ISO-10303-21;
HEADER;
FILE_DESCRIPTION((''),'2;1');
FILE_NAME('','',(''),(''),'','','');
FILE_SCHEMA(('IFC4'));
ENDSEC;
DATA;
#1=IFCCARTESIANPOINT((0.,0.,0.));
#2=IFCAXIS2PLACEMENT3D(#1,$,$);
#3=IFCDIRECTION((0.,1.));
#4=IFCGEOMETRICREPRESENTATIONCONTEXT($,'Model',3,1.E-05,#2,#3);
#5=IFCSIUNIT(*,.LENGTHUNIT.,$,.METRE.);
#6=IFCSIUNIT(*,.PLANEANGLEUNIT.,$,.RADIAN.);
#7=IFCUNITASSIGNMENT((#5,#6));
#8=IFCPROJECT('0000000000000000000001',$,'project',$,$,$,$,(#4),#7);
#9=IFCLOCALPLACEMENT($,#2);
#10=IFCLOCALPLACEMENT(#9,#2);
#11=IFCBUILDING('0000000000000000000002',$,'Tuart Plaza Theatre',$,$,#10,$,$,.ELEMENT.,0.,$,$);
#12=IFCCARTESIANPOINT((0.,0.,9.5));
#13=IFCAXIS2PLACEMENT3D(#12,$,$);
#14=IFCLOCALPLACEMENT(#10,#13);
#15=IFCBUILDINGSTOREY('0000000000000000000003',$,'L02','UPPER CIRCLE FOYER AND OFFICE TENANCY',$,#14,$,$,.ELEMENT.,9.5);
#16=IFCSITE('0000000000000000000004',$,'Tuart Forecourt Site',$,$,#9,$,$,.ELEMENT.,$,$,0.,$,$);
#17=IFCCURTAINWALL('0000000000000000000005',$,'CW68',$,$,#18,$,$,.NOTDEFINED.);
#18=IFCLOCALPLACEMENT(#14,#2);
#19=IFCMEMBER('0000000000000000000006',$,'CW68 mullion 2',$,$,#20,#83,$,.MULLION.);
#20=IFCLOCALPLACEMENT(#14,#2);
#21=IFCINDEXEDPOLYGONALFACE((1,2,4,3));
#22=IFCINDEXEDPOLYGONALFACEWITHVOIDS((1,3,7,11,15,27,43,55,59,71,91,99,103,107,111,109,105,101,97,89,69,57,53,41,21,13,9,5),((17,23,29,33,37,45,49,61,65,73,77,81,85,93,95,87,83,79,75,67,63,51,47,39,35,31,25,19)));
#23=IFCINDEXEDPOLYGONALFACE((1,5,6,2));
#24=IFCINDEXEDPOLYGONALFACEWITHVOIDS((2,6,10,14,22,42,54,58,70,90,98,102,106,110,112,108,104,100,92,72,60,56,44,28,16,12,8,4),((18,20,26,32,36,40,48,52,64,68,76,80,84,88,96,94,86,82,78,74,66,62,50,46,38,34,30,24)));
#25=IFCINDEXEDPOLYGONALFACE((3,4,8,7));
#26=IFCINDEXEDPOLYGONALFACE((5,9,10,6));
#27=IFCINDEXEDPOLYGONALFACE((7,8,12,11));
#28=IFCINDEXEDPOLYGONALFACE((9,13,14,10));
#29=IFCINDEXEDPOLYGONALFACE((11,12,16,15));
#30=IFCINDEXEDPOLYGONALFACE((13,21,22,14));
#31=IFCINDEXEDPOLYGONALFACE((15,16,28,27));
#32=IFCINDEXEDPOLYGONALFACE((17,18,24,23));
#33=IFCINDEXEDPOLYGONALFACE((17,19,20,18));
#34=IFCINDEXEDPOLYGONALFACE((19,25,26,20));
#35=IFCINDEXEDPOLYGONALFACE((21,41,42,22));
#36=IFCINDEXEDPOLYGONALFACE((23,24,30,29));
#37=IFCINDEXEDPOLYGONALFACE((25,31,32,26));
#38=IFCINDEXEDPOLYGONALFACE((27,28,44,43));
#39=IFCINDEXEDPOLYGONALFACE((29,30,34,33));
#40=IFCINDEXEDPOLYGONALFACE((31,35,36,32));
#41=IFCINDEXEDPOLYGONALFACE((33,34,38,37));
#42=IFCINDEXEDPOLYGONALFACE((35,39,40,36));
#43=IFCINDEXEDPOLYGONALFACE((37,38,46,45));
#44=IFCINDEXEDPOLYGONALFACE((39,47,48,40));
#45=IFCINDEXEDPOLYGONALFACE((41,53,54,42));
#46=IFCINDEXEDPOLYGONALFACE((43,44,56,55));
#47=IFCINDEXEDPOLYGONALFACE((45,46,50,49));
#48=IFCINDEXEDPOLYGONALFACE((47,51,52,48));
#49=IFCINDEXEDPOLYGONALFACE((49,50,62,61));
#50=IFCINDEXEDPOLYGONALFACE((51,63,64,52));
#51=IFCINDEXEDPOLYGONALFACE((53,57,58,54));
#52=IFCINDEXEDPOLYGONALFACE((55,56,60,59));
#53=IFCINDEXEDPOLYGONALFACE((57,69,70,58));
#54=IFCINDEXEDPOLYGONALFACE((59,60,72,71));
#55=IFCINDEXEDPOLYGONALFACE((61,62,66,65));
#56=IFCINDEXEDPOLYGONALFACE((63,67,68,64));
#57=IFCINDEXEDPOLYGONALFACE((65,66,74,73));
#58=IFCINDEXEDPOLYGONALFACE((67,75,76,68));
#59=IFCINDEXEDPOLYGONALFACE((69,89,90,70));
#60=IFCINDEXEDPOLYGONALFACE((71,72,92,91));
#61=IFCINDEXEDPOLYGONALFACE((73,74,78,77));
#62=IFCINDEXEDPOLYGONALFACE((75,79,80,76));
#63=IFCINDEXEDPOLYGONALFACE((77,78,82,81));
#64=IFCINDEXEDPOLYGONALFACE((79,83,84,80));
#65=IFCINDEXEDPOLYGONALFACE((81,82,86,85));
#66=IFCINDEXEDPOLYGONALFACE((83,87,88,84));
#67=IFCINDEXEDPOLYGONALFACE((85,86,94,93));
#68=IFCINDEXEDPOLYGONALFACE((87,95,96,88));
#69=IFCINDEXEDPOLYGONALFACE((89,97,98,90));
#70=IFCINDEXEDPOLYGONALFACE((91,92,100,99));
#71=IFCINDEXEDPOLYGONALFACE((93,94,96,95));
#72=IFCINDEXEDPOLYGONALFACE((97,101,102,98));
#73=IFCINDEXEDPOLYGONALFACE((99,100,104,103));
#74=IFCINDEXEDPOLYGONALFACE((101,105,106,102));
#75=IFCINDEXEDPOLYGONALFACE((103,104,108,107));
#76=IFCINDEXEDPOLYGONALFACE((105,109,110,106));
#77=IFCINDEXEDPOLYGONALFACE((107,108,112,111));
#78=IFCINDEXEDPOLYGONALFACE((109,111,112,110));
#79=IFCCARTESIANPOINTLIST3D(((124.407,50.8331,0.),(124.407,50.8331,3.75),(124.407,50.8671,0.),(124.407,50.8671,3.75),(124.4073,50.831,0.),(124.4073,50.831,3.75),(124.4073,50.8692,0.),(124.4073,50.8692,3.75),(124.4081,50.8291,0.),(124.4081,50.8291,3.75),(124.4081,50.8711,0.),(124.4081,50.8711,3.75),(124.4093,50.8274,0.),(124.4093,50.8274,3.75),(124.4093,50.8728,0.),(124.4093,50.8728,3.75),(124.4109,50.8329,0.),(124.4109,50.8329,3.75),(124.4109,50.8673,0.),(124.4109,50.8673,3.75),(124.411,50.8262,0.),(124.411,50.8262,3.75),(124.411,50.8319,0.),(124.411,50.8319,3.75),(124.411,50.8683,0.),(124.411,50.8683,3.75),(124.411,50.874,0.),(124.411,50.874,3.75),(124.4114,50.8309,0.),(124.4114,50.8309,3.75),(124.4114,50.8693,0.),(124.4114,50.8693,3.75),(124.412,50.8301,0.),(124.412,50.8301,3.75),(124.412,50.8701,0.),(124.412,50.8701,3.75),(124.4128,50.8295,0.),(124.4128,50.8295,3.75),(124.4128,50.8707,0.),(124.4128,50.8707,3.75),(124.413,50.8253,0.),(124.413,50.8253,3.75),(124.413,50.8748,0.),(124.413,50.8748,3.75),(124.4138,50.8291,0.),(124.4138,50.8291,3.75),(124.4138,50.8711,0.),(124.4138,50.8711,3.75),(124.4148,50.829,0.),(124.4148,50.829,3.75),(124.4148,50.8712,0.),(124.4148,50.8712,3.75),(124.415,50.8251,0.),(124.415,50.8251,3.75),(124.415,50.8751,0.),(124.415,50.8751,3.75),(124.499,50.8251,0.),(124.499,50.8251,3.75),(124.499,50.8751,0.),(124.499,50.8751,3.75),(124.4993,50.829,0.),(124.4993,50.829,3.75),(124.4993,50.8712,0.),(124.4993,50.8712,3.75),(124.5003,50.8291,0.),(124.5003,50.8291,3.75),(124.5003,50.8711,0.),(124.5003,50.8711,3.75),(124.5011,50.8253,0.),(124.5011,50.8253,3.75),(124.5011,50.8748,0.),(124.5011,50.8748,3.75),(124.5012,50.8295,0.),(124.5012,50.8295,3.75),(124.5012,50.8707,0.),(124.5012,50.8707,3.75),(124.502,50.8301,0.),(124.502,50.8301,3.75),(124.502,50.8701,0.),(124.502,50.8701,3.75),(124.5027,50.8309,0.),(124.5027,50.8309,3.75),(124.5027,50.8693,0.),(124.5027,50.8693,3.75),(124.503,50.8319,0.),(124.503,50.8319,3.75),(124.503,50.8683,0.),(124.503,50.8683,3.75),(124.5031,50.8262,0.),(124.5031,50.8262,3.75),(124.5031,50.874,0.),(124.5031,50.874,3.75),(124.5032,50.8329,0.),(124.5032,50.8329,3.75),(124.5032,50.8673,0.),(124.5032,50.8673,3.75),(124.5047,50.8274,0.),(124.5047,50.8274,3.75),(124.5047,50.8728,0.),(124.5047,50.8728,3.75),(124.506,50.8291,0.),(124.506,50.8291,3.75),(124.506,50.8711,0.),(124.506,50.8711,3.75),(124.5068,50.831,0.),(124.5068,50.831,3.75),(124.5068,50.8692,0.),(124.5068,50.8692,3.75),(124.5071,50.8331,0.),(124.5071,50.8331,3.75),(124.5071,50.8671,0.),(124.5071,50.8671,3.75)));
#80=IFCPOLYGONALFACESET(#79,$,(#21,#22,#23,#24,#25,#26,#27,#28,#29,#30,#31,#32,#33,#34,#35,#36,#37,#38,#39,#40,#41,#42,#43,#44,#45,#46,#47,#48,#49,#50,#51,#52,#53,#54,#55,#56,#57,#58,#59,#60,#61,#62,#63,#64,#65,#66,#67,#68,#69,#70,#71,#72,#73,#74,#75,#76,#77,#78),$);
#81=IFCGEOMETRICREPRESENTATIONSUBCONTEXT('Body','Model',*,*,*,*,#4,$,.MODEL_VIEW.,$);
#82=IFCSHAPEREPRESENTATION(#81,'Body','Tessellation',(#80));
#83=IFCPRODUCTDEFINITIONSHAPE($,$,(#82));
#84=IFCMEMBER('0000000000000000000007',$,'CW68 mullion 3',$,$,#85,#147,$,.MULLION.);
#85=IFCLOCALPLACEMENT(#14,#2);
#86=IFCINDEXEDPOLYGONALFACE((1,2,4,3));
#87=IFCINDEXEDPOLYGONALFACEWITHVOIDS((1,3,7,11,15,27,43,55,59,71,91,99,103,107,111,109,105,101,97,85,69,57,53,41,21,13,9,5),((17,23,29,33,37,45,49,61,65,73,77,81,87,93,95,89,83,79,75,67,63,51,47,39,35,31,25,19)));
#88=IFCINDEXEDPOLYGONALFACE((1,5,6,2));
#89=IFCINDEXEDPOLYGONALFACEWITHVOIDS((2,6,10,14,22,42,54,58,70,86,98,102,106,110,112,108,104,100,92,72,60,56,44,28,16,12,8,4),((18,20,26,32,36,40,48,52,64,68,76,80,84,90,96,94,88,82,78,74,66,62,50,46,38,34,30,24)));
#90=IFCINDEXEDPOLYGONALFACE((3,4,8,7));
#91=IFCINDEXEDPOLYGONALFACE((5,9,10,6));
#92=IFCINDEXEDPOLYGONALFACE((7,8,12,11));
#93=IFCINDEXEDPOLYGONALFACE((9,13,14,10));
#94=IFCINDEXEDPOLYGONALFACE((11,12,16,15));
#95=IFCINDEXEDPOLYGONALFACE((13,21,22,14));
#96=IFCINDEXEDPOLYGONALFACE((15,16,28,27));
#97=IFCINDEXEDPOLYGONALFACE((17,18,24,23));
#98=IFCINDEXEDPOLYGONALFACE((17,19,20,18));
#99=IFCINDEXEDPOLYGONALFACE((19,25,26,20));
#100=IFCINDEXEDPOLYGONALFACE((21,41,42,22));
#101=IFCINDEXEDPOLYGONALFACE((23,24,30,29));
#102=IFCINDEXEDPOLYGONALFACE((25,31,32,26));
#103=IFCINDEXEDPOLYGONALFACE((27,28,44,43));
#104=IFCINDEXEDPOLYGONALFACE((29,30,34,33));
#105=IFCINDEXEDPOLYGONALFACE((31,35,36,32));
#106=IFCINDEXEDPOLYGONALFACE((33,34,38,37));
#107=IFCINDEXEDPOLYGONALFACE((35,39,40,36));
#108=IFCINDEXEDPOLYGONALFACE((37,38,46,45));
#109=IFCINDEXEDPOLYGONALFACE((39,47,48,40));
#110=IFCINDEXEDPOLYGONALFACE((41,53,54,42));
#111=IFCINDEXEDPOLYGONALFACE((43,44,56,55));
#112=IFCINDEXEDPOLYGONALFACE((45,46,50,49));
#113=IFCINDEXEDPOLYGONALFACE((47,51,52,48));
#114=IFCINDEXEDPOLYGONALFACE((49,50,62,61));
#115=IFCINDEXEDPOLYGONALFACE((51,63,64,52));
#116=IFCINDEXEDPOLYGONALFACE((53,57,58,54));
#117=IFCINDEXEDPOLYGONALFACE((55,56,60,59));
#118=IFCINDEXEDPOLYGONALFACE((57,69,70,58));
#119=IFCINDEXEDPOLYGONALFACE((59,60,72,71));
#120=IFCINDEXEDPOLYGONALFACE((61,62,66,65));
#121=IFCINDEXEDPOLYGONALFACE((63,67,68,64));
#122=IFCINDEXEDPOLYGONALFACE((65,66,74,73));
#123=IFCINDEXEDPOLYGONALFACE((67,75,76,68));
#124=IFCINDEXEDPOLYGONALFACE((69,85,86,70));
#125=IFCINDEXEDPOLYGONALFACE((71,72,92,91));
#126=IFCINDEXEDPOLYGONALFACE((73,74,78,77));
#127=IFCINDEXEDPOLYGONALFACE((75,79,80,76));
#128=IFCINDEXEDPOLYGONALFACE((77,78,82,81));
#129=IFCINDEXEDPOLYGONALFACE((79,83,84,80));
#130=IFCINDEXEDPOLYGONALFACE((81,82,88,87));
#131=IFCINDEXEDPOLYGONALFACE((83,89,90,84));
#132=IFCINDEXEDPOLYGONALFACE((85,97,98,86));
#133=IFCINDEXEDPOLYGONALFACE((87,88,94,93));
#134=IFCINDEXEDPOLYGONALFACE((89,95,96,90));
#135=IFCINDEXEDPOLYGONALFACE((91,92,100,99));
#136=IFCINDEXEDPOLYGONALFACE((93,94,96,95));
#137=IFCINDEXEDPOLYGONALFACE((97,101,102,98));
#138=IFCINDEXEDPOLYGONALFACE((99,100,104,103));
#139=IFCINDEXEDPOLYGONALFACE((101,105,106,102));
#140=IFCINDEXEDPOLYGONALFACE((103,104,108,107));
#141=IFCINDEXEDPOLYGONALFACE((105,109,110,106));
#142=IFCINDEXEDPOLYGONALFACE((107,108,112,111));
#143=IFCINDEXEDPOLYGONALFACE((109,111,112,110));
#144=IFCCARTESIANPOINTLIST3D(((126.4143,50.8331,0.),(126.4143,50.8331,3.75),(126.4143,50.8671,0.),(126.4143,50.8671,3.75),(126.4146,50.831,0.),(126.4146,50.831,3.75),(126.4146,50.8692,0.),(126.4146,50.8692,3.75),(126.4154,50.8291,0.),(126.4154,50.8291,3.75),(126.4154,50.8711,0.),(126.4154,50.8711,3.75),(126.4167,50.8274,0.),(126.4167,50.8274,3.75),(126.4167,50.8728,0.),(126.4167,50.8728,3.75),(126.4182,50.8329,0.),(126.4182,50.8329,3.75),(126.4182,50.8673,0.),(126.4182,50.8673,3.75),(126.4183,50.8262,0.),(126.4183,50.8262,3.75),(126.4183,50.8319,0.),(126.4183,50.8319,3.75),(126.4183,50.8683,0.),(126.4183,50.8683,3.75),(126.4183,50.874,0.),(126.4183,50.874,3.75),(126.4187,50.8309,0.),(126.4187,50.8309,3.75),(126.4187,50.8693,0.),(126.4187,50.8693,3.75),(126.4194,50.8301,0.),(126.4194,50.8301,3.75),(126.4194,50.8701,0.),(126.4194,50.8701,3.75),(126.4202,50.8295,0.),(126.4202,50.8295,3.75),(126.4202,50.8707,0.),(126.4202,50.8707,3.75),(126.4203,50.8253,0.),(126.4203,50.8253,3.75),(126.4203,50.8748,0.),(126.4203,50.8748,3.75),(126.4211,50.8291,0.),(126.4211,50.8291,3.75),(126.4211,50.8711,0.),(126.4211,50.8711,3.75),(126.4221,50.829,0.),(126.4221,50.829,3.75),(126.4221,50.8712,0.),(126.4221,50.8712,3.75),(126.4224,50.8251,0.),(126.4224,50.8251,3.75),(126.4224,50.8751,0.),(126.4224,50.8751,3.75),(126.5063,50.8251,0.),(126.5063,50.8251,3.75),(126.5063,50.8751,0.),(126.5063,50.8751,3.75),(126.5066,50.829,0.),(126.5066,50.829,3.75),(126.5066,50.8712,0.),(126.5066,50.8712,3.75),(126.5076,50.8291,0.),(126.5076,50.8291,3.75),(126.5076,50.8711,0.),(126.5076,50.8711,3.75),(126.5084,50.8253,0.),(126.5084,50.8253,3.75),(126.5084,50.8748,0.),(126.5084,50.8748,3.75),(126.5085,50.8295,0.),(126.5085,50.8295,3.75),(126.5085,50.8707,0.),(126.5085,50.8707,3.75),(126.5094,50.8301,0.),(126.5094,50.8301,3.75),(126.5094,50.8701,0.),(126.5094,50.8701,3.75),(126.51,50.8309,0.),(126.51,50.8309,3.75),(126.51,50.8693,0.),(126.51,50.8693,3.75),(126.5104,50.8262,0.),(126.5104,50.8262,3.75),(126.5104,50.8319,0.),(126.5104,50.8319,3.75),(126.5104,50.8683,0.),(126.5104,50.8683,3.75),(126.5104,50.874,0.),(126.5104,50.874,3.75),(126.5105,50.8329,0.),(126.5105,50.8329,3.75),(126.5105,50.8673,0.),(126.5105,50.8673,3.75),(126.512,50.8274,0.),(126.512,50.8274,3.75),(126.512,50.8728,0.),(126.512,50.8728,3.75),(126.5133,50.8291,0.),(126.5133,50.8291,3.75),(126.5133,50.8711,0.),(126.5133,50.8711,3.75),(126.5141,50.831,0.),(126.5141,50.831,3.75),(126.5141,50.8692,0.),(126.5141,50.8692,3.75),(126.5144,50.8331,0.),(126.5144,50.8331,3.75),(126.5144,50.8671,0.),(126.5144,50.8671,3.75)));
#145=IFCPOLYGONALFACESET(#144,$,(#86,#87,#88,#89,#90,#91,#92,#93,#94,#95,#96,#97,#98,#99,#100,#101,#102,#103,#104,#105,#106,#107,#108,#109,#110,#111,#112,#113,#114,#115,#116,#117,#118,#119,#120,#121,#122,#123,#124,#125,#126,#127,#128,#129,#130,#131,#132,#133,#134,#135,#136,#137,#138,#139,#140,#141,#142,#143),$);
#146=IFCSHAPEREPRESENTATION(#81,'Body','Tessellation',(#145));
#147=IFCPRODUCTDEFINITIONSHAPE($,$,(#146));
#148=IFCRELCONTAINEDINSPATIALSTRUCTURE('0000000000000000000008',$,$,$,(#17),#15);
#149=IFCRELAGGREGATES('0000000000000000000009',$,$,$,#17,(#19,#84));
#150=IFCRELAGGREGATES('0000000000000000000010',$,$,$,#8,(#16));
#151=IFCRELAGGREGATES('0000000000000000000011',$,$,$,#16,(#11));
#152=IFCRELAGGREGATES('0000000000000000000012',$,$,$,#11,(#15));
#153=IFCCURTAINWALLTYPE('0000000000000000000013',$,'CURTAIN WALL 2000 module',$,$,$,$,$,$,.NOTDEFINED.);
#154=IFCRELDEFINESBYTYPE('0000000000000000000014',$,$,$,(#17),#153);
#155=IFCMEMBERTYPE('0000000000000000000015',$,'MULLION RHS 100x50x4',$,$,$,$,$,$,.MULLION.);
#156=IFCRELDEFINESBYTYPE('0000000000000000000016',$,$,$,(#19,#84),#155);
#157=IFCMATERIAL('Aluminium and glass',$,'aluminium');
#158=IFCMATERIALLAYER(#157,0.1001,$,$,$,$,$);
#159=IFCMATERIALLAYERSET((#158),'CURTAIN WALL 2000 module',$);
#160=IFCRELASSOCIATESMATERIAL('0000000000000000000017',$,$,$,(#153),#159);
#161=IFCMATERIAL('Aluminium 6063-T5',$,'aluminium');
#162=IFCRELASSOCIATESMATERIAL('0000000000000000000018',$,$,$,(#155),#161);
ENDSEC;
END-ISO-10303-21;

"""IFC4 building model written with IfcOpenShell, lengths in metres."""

from ifc_helpers import new_model, si_unit, direction, frame, origin, origin_2d, place, context, subcontext, project, spatial, hollow_rectangle, extrude, material, layer, layer_set, material_profile, profile_set, type_object, element, aggregate, save


model = new_model("IFC4")

# Units and contexts
model_context = context("Model", 3, precision=1e-05, world=origin(), true_north=direction((0.0, 1.0)))
body_context = subcontext(model_context, "Body", "Model", "MODEL_VIEW")
ifc_project = project(units=[si_unit("LENGTHUNIT", "METRE"), si_unit("PLANEANGLEUNIT", "RADIAN")], contexts=[model_context])

# Site, building, storey
site_placement = place(None, origin())
site = spatial("IfcSite", under=ifc_project, at=site_placement, Name="Tuart Forecourt Site", CompositionType="ELEMENT", RefElevation=0.0)
building_placement = place(site_placement, origin())
building = spatial("IfcBuilding", under=site, at=building_placement, Name="Tuart Plaza Theatre", CompositionType="ELEMENT", ElevationOfRefHeight=0.0)
storey_placement = place(building_placement, frame((0.0, 0.0, 9.5)))
storey = spatial("IfcBuildingStorey", under=building, at=storey_placement, Name="L02", Description="UPPER CIRCLE FOYER AND OFFICE TENANCY", CompositionType="ELEMENT", Elevation=9.5)

# Shared definitions
ifc_material_1 = material(Name="Aluminium and glass", Category="aluminium")
ifc_layer_1 = layer(ifc_material_1, 0.1001)
ifc_layer_set_1 = layer_set([ifc_layer_1], Name="CURTAIN WALL 2000 module")
curtain_wall_type = type_object("IfcCurtainWallType", Name="CURTAIN WALL 2000 module", PredefinedType="NOTDEFINED", material=ifc_layer_set_1)
ifc_material_2 = material(Name="Aluminium 6063-T5", Category="aluminium")
ifc_material_profile_1 = material_profile(ifc_material_2, hollow_rectangle(XDim=0.05, YDim=0.1001, WallThickness=0.0039, InnerFilletRadius=0.0039, OuterFilletRadius=0.0081, at=origin_2d()), Name="RHS 100x50x4")
ifc_profile_set_1 = profile_set([ifc_material_profile_1], Name="Aluminium 6063-T5")
member_type_1 = type_object("IfcMemberType", Name="MULLION RHS 100x50x4", PredefinedType="MULLION", material=ifc_profile_set_1)

# Curtain wall, members
curtain_wall_1_placement = place(storey_placement, origin())
curtain_wall_1 = element("IfcCurtainWall", 1, at=curtain_wall_1_placement, inside=storey, type_object=curtain_wall_type, Name="CW68", PredefinedType="NOTDEFINED")
member_1_placement = place(storey_placement, frame((124.457, 50.8501, 0.0), z_axis=(0.0, 0.0, 1.0), x_axis=(0.0, 1.0, 0.0)))
member_1 = element("IfcMember", 2, at=member_1_placement, type_object=member_type_1, Name="CW68 mullion 2", PredefinedType="MULLION", context=body_context, shape_type="SweptSolid", body=[
    extrude(hollow_rectangle(XDim=0.05, YDim=0.1001, WallThickness=0.0039, InnerFilletRadius=0.0039, OuterFilletRadius=0.0081, at=origin_2d()), origin(), (0.0, 0.0, 1.0), 3.75),
])
member_2_placement = place(storey_placement, frame((126.4644, 50.8501, 0.0), z_axis=(0.0, 0.0, 1.0), x_axis=(0.0, 1.0, 0.0)))
member_2 = element("IfcMember", 3, at=member_2_placement, type_object=member_type_1, Name="CW68 mullion 3", PredefinedType="MULLION", context=body_context, shape_type="SweptSolid", body=[
    extrude(hollow_rectangle(XDim=0.05, YDim=0.1001, WallThickness=0.0039, InnerFilletRadius=0.0039, OuterFilletRadius=0.0081, at=origin_2d()), origin(), (0.0, 0.0, 1.0), 3.75),
])

aggregate(curtain_wall_1, [member_1, member_2])

save(model, "model.ifc")
